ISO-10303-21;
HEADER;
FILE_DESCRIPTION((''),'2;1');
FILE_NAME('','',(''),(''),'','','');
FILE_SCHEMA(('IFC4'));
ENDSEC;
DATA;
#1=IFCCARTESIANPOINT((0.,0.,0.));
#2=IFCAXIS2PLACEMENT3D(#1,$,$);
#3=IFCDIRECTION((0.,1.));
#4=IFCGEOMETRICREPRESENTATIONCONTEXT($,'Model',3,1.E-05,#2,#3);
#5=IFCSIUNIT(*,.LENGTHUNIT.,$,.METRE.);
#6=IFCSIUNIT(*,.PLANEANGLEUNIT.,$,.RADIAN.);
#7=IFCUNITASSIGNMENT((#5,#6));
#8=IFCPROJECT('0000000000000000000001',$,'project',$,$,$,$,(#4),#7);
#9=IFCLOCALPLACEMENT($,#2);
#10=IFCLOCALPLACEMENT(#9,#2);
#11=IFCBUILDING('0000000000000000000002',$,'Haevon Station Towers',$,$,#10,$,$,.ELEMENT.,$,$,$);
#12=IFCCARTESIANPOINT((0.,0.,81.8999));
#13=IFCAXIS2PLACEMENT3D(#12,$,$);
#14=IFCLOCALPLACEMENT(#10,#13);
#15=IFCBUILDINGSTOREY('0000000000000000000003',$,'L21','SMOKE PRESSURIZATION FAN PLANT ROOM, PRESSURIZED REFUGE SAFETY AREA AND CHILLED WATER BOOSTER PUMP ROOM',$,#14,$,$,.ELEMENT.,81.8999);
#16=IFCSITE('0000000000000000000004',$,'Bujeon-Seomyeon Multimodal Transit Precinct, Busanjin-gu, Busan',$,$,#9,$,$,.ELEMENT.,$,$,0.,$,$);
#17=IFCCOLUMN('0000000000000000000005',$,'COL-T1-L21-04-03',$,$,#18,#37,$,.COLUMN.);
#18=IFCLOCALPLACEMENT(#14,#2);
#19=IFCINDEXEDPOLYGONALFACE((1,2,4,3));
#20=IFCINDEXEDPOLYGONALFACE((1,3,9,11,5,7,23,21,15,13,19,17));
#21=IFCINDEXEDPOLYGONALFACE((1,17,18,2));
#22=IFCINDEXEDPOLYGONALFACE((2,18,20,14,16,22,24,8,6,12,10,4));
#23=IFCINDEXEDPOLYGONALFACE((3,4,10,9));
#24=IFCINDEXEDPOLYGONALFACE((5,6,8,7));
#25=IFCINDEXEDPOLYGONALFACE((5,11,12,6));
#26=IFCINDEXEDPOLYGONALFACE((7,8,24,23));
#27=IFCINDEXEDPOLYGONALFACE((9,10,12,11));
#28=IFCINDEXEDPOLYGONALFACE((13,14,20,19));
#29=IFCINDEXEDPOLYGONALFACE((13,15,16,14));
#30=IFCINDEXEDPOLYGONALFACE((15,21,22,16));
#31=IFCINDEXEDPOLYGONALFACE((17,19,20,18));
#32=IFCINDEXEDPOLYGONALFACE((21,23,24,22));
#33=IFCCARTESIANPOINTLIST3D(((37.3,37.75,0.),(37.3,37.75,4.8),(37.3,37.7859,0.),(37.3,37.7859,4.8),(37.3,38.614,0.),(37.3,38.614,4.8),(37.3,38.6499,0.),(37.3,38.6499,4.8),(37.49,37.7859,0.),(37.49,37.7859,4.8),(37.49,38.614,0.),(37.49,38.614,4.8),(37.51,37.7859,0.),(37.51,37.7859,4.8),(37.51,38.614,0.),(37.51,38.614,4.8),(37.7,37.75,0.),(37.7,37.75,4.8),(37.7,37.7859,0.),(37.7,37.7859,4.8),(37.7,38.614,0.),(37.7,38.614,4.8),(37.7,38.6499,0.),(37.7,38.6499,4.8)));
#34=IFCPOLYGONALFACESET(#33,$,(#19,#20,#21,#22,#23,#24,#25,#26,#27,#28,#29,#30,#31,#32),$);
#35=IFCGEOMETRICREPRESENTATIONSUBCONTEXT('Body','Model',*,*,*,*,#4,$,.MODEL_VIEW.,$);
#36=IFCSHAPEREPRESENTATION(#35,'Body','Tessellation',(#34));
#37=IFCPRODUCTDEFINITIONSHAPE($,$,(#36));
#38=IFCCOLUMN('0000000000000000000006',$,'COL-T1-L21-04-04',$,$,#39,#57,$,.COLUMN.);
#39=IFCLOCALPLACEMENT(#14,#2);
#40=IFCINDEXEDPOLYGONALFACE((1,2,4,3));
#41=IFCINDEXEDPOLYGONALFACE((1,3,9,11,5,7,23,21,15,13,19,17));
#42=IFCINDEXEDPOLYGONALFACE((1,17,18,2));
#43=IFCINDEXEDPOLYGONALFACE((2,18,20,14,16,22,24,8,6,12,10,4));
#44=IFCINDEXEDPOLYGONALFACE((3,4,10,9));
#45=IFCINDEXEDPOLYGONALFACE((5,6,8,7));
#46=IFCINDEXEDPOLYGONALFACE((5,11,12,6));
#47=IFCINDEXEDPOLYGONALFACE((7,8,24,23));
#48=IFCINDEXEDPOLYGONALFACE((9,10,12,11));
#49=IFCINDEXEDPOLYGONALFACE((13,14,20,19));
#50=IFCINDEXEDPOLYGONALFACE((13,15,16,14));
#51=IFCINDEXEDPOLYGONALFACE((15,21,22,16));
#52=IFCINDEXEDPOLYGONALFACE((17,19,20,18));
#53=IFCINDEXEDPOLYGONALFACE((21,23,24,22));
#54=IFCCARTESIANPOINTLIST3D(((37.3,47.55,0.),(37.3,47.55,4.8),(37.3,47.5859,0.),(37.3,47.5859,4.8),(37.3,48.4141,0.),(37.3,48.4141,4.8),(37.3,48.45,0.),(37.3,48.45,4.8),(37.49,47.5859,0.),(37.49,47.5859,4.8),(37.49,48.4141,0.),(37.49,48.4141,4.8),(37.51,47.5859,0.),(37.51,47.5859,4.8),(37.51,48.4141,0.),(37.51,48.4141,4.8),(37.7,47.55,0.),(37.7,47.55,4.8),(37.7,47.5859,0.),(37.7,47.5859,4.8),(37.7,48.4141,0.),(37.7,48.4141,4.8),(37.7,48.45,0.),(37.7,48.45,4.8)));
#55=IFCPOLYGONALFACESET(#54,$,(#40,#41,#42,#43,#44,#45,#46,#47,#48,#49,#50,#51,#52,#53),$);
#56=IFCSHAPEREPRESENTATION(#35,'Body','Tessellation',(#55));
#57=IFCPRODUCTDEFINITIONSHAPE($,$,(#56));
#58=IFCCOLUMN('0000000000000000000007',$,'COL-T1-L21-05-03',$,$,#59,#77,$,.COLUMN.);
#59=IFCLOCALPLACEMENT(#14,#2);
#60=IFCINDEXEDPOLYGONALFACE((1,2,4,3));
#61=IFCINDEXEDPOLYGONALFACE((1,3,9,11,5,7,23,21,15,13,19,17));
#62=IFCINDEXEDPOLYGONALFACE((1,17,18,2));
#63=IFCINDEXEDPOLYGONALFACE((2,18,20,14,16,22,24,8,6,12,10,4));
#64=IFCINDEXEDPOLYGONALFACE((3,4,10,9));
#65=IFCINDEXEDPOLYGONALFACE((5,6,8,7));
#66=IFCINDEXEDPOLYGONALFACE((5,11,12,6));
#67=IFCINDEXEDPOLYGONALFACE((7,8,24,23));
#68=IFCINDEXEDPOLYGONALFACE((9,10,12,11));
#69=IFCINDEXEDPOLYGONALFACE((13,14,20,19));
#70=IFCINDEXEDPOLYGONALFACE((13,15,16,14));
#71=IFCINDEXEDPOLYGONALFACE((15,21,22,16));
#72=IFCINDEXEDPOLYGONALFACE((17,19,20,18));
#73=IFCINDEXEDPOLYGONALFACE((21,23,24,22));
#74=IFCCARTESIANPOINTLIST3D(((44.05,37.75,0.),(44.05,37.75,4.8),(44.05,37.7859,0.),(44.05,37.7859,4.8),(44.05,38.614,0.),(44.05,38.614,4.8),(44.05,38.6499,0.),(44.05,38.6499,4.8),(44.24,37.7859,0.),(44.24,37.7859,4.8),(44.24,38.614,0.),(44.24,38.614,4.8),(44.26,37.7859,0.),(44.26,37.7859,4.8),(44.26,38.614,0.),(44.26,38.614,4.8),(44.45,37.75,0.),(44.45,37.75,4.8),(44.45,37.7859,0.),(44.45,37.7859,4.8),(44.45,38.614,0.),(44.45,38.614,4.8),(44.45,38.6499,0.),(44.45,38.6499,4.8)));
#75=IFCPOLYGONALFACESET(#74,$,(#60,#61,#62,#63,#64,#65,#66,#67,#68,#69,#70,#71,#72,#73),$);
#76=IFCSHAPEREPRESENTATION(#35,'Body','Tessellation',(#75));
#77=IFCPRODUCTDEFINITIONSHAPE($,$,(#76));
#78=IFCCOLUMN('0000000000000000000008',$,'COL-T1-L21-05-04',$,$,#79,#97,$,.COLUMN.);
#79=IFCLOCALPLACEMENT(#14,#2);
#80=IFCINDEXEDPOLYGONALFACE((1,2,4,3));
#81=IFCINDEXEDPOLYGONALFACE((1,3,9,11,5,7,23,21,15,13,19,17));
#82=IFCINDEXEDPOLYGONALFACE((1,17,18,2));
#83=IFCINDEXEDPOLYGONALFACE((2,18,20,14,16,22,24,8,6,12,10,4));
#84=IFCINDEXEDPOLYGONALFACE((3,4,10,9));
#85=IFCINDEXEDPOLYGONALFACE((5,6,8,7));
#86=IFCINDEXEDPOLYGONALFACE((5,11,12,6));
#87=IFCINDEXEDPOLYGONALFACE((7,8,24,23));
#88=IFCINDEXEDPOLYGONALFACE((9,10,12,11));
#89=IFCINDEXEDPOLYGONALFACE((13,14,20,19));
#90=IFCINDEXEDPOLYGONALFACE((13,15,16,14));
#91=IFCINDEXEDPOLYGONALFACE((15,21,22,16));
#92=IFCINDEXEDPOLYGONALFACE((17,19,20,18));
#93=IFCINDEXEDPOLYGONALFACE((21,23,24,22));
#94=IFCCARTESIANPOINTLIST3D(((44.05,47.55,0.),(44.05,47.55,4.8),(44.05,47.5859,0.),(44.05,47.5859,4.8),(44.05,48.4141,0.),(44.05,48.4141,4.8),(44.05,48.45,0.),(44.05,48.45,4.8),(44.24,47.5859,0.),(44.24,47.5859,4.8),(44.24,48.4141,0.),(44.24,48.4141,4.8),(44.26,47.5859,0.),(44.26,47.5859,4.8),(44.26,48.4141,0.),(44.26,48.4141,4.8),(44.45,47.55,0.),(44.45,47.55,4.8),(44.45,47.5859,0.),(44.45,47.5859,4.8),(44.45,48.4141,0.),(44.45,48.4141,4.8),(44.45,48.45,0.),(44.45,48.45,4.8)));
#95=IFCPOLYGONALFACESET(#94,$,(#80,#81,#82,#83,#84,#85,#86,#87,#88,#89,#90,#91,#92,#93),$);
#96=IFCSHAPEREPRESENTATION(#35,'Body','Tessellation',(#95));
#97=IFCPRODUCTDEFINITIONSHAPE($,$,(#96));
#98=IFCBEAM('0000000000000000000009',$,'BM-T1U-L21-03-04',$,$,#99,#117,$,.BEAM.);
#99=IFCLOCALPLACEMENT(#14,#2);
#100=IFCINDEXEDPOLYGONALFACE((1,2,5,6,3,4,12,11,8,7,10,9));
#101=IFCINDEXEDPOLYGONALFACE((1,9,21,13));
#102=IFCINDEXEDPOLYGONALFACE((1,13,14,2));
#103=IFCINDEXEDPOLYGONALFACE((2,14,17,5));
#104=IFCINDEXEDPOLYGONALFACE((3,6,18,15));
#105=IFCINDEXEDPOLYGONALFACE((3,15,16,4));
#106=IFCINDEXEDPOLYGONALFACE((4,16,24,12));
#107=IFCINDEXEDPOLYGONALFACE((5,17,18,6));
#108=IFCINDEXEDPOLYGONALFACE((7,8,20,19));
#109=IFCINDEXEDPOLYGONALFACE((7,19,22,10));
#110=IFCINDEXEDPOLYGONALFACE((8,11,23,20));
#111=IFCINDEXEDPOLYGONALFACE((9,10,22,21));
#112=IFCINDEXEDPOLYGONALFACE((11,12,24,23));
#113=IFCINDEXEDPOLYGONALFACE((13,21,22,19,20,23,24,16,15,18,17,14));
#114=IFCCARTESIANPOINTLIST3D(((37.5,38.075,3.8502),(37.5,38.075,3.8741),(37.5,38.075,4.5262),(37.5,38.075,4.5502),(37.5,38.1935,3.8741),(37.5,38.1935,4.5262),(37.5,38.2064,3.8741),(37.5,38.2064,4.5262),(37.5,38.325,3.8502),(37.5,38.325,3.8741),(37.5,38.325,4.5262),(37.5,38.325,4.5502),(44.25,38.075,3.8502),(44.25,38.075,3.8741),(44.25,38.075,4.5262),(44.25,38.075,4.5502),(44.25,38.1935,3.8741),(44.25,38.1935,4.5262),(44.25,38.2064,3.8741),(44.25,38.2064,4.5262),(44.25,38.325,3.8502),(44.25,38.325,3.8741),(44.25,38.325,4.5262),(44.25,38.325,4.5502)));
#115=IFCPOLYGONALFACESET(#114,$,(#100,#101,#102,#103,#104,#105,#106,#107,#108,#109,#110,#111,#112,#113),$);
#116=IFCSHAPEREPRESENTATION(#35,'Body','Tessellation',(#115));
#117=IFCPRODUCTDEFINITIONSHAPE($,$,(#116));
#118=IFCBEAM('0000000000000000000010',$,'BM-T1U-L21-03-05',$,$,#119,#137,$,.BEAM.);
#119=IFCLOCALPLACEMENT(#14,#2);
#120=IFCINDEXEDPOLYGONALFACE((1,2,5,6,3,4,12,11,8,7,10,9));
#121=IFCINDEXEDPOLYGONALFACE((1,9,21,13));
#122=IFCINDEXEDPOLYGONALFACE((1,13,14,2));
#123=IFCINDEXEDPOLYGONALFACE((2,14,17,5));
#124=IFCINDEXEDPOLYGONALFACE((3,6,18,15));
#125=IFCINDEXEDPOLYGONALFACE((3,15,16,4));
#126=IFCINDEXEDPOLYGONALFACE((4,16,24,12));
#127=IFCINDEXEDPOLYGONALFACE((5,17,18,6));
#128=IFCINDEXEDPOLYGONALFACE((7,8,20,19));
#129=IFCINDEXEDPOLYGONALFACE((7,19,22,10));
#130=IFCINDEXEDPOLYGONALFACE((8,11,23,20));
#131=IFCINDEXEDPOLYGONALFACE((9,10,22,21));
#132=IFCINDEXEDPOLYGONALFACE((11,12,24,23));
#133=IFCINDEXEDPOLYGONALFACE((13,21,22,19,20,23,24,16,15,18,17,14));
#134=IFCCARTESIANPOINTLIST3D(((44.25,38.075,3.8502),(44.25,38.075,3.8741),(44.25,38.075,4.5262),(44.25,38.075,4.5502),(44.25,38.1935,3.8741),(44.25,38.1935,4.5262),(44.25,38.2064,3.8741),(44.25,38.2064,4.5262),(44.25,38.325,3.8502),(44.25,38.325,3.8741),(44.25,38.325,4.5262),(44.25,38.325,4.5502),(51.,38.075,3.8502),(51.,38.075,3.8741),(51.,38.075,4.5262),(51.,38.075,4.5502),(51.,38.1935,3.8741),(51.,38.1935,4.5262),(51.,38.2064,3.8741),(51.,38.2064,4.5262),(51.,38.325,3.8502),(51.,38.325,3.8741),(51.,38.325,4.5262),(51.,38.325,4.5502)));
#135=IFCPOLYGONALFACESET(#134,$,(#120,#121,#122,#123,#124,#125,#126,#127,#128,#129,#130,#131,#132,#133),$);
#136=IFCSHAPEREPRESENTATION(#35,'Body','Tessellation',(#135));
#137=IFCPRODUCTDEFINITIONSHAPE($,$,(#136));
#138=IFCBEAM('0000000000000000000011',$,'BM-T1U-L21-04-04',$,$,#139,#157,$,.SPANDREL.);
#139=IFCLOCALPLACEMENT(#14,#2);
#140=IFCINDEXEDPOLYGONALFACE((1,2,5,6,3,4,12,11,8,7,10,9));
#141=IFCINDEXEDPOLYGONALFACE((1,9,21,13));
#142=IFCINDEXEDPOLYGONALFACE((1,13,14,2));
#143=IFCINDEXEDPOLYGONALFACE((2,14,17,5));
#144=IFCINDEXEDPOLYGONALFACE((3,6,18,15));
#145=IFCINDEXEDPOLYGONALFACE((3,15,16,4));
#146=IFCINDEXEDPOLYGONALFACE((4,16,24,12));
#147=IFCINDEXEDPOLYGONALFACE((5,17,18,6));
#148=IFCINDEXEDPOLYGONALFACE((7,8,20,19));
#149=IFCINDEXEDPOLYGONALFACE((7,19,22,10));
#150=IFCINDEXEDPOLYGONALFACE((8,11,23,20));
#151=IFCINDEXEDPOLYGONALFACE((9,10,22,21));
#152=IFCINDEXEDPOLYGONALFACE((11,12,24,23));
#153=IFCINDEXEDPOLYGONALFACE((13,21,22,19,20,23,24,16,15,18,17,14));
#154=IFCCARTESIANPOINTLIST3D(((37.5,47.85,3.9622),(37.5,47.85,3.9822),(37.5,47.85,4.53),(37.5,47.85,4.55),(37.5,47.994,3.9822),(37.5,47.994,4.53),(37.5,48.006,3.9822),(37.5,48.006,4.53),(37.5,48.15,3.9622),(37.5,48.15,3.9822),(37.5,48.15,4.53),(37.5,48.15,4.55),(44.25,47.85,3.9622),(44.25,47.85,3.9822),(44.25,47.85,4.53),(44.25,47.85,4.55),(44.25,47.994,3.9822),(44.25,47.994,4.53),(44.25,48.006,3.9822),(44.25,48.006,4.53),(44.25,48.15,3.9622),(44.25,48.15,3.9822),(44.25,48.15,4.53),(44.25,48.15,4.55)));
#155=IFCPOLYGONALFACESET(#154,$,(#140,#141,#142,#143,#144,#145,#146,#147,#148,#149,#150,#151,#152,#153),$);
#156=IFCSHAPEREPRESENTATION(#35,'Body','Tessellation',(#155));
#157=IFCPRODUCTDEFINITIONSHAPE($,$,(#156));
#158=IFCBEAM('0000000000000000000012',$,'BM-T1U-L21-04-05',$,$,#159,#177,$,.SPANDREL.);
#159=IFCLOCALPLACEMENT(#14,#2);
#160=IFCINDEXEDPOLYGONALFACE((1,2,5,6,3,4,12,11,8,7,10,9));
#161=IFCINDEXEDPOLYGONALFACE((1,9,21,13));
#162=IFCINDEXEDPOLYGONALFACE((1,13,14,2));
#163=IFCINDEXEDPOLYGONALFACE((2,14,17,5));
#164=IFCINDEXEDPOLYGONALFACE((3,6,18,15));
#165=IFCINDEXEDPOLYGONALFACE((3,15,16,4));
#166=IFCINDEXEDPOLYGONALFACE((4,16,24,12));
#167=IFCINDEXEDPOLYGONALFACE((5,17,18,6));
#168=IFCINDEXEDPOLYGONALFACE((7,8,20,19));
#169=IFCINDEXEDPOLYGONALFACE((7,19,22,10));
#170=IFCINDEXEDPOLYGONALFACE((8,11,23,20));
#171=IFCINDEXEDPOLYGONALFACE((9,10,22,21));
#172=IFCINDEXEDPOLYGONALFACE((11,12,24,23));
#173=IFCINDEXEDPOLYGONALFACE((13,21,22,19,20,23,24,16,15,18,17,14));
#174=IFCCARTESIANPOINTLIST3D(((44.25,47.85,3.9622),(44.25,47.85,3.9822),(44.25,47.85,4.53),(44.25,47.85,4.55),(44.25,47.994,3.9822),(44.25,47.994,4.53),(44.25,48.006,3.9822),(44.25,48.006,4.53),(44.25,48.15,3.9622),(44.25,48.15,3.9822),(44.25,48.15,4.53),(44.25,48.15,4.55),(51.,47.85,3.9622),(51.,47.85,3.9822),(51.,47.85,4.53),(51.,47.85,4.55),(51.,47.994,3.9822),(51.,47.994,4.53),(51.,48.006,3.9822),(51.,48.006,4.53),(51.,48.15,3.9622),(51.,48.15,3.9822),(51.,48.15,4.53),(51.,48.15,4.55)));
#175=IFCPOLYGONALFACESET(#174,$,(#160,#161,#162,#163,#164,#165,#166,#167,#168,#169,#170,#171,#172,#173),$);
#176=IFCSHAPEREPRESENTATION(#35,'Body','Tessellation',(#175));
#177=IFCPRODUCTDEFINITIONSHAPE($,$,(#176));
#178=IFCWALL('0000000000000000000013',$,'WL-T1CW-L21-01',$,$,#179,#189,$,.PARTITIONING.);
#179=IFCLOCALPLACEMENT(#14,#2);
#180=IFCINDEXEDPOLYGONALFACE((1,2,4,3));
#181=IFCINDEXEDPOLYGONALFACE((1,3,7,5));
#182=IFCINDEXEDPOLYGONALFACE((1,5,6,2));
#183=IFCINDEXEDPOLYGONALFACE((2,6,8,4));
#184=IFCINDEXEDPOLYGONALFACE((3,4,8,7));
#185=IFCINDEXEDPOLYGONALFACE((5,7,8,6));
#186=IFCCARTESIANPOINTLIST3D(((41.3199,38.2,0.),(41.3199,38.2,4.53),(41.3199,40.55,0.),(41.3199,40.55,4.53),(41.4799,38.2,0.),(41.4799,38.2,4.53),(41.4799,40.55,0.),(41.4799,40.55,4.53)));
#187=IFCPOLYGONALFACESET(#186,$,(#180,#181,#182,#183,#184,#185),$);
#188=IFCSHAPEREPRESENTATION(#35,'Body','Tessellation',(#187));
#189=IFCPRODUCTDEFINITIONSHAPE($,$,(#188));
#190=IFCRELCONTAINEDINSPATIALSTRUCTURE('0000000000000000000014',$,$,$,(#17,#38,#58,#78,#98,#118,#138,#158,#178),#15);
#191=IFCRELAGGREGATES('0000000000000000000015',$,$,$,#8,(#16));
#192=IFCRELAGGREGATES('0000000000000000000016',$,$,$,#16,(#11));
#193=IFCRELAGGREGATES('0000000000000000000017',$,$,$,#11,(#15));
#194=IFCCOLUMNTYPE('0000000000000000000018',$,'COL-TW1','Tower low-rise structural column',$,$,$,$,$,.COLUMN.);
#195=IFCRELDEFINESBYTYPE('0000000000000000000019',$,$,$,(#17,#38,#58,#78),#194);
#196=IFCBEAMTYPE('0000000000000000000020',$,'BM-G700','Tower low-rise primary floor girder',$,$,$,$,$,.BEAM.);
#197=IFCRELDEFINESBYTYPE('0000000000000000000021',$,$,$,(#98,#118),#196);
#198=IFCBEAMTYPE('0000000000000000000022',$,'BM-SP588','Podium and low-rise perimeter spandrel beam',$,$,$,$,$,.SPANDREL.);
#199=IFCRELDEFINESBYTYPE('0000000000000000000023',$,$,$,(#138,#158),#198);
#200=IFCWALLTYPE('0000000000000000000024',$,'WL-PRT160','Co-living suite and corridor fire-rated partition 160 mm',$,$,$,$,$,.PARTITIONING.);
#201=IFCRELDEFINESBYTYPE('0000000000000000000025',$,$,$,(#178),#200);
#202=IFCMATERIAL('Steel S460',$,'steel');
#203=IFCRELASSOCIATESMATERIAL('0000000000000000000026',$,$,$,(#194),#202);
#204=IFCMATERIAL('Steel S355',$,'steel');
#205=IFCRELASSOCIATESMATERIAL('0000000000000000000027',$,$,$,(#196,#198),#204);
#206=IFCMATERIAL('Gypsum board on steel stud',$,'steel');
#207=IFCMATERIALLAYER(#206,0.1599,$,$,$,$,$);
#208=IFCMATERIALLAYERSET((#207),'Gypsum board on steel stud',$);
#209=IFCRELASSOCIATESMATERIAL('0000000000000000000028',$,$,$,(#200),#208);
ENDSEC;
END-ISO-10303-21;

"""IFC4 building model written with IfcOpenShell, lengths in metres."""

from ifc_helpers import new_model, si_unit, direction, frame, frame_2d, origin, origin_2d, place, context, subcontext, project, spatial, rectangle, i_section, extrude, material, layer, layer_set, material_profile, profile_set, type_object, element, save


model = new_model("IFC4")

# Units and contexts
model_context = context("Model", 3, precision=1e-05, world=origin(), true_north=direction((0.0, 1.0)))
body_context = subcontext(model_context, "Body", "Model", "MODEL_VIEW")
ifc_project = project(units=[si_unit("LENGTHUNIT", "METRE"), si_unit("PLANEANGLEUNIT", "RADIAN")], contexts=[model_context])

# Site, building, storey
site_placement = place(None, origin())
site = spatial("IfcSite", under=ifc_project, at=site_placement, Name="Bujeon-Seomyeon Multimodal Transit Precinct, Busanjin-gu, Busan", CompositionType="ELEMENT", RefElevation=0.0)
building_placement = place(site_placement, origin())
building = spatial("IfcBuilding", under=site, at=building_placement, Name="Haevon Station Towers", CompositionType="ELEMENT")
storey_placement = place(building_placement, frame((0.0, 0.0, 81.8999)))
storey = spatial("IfcBuildingStorey", under=building, at=storey_placement, Name="L21", Description="SMOKE PRESSURIZATION FAN PLANT ROOM, PRESSURIZED REFUGE SAFETY AREA AND CHILLED WATER BOOSTER PUMP ROOM", CompositionType="ELEMENT", Elevation=81.8999)

# Columns
ifc_material_1 = material(Name="Steel S460", Category="steel")
ifc_material_profile_1 = material_profile(ifc_material_1, i_section(OverallWidth=0.3999, OverallDepth=0.8999, WebThickness=0.02, FlangeThickness=0.0359, at=origin_2d()), Name="H-900x400x20x36")
ifc_profile_set_1 = profile_set([ifc_material_profile_1], Name="Steel S460")
column_type = type_object("IfcColumnType", Name="COL-TW1", Description="Tower low-rise structural column", PredefinedType="COLUMN", material=ifc_profile_set_1)
for number, where, z_axis, x_axis, name in (
    (1, (37.5, 38.2, 0.0), (0.0, 0.0, 1.0), (1.0, 0.0, 0.0), "COL-T1-L21-04-03"),
    (2, (37.5, 48.0, 0.0), (0.0, 0.0, 1.0), (1.0, 0.0, 0.0), "COL-T1-L21-04-04"),
    (3, (44.25, 38.2, 0.0), (0.0, 0.0, 1.0), (1.0, 0.0, 0.0), "COL-T1-L21-05-03"),
    (4, (44.25, 48.0, 0.0), (0.0, 0.0, 1.0), (1.0, 0.0, 0.0), "COL-T1-L21-05-04"),
):
    element("IfcColumn", number, at=place(storey_placement, frame(where, z_axis=z_axis, x_axis=x_axis)), inside=storey, type_object=column_type, Name=name, PredefinedType="COLUMN", context=body_context, shape_type="SweptSolid", body=[
        extrude(i_section(OverallWidth=0.3999, OverallDepth=0.8999, WebThickness=0.02, FlangeThickness=0.0359, at=origin_2d()), origin(), (0.0, 0.0, 1.0), 4.8),
    ])

# Beams
ifc_material_2 = material(Name="Steel S355", Category="steel")
ifc_material_profile_2 = material_profile(ifc_material_2, i_section(OverallWidth=0.25, OverallDepth=0.7, WebThickness=0.0129, FlangeThickness=0.0239, at=origin_2d()), Name="H-700x250x13x24")
ifc_profile_set_2 = profile_set([ifc_material_profile_2], Name="Steel S355")
beam_type_1 = type_object("IfcBeamType", Name="BM-G700", Description="Tower low-rise primary floor girder", PredefinedType="BEAM", material=ifc_profile_set_2)
for number, where, z_axis, x_axis, name in (
    (5, (37.5, 38.2, 4.2002), (1.0, 0.0, 0.0), (0.0, 1.0, 0.0), "BM-T1U-L21-03-04"),
    (6, (44.25, 38.2, 4.2002), (1.0, 0.0, 0.0), (0.0, 1.0, 0.0), "BM-T1U-L21-03-05"),
):
    element("IfcBeam", number, at=place(storey_placement, frame(where, z_axis=z_axis, x_axis=x_axis)), inside=storey, type_object=beam_type_1, Name=name, PredefinedType="BEAM", context=body_context, shape_type="SweptSolid", body=[
        extrude(i_section(OverallWidth=0.25, OverallDepth=0.7, WebThickness=0.0129, FlangeThickness=0.0239, at=origin_2d()), origin(), (0.0, 0.0, 1.0), 6.75),
    ])
ifc_material_profile_3 = material_profile(ifc_material_2, i_section(OverallWidth=0.3, OverallDepth=0.5879, WebThickness=0.012, FlangeThickness=0.02, at=origin_2d()), Name="H-588x300x12x20")
ifc_profile_set_3 = profile_set([ifc_material_profile_3], Name="Steel S355")
beam_type_2 = type_object("IfcBeamType", Name="BM-SP588", Description="Podium and low-rise perimeter spandrel beam", PredefinedType="SPANDREL", material=ifc_profile_set_3)
for number, where, z_axis, x_axis, name in (
    (7, (37.5, 48.0, 4.2561), (1.0, 0.0, 0.0), (0.0, 1.0, 0.0), "BM-T1U-L21-04-04"),
    (8, (44.25, 48.0, 4.2561), (1.0, 0.0, 0.0), (0.0, 1.0, 0.0), "BM-T1U-L21-04-05"),
):
    element("IfcBeam", number, at=place(storey_placement, frame(where, z_axis=z_axis, x_axis=x_axis)), inside=storey, type_object=beam_type_2, Name=name, PredefinedType="SPANDREL", context=body_context, shape_type="SweptSolid", body=[
        extrude(i_section(OverallWidth=0.3, OverallDepth=0.5879, WebThickness=0.012, FlangeThickness=0.02, at=origin_2d()), origin(), (0.0, 0.0, 1.0), 6.75),
    ])

# Wall
ifc_material_3 = material(Name="Gypsum board on steel stud", Category="steel")
ifc_layer_1 = layer(ifc_material_3, 0.1599)
ifc_layer_set_1 = layer_set([ifc_layer_1], Name="Gypsum board on steel stud")
wall_type_1 = type_object("IfcWallType", Name="WL-PRT160", Description="Co-living suite and corridor fire-rated partition 160 mm", PredefinedType="PARTITIONING", material=ifc_layer_set_1)
wall_1_placement = place(storey_placement, frame((41.3999, 38.2, 0.0), z_axis=(0.0, 0.0, 1.0), x_axis=(0.0, 1.0, 0.0)))
element("IfcWall", 9, at=wall_1_placement, inside=storey, type_object=wall_type_1, Name="WL-T1CW-L21-01", PredefinedType="PARTITIONING", context=body_context, shape_type="SweptSolid", body=[
    extrude(rectangle(XDim=2.3501, YDim=0.1599, at=frame_2d((1.175, 0.0))), origin(), (0.0, 0.0, 1.0), 4.53),
])

save(model, "model.ifc")
